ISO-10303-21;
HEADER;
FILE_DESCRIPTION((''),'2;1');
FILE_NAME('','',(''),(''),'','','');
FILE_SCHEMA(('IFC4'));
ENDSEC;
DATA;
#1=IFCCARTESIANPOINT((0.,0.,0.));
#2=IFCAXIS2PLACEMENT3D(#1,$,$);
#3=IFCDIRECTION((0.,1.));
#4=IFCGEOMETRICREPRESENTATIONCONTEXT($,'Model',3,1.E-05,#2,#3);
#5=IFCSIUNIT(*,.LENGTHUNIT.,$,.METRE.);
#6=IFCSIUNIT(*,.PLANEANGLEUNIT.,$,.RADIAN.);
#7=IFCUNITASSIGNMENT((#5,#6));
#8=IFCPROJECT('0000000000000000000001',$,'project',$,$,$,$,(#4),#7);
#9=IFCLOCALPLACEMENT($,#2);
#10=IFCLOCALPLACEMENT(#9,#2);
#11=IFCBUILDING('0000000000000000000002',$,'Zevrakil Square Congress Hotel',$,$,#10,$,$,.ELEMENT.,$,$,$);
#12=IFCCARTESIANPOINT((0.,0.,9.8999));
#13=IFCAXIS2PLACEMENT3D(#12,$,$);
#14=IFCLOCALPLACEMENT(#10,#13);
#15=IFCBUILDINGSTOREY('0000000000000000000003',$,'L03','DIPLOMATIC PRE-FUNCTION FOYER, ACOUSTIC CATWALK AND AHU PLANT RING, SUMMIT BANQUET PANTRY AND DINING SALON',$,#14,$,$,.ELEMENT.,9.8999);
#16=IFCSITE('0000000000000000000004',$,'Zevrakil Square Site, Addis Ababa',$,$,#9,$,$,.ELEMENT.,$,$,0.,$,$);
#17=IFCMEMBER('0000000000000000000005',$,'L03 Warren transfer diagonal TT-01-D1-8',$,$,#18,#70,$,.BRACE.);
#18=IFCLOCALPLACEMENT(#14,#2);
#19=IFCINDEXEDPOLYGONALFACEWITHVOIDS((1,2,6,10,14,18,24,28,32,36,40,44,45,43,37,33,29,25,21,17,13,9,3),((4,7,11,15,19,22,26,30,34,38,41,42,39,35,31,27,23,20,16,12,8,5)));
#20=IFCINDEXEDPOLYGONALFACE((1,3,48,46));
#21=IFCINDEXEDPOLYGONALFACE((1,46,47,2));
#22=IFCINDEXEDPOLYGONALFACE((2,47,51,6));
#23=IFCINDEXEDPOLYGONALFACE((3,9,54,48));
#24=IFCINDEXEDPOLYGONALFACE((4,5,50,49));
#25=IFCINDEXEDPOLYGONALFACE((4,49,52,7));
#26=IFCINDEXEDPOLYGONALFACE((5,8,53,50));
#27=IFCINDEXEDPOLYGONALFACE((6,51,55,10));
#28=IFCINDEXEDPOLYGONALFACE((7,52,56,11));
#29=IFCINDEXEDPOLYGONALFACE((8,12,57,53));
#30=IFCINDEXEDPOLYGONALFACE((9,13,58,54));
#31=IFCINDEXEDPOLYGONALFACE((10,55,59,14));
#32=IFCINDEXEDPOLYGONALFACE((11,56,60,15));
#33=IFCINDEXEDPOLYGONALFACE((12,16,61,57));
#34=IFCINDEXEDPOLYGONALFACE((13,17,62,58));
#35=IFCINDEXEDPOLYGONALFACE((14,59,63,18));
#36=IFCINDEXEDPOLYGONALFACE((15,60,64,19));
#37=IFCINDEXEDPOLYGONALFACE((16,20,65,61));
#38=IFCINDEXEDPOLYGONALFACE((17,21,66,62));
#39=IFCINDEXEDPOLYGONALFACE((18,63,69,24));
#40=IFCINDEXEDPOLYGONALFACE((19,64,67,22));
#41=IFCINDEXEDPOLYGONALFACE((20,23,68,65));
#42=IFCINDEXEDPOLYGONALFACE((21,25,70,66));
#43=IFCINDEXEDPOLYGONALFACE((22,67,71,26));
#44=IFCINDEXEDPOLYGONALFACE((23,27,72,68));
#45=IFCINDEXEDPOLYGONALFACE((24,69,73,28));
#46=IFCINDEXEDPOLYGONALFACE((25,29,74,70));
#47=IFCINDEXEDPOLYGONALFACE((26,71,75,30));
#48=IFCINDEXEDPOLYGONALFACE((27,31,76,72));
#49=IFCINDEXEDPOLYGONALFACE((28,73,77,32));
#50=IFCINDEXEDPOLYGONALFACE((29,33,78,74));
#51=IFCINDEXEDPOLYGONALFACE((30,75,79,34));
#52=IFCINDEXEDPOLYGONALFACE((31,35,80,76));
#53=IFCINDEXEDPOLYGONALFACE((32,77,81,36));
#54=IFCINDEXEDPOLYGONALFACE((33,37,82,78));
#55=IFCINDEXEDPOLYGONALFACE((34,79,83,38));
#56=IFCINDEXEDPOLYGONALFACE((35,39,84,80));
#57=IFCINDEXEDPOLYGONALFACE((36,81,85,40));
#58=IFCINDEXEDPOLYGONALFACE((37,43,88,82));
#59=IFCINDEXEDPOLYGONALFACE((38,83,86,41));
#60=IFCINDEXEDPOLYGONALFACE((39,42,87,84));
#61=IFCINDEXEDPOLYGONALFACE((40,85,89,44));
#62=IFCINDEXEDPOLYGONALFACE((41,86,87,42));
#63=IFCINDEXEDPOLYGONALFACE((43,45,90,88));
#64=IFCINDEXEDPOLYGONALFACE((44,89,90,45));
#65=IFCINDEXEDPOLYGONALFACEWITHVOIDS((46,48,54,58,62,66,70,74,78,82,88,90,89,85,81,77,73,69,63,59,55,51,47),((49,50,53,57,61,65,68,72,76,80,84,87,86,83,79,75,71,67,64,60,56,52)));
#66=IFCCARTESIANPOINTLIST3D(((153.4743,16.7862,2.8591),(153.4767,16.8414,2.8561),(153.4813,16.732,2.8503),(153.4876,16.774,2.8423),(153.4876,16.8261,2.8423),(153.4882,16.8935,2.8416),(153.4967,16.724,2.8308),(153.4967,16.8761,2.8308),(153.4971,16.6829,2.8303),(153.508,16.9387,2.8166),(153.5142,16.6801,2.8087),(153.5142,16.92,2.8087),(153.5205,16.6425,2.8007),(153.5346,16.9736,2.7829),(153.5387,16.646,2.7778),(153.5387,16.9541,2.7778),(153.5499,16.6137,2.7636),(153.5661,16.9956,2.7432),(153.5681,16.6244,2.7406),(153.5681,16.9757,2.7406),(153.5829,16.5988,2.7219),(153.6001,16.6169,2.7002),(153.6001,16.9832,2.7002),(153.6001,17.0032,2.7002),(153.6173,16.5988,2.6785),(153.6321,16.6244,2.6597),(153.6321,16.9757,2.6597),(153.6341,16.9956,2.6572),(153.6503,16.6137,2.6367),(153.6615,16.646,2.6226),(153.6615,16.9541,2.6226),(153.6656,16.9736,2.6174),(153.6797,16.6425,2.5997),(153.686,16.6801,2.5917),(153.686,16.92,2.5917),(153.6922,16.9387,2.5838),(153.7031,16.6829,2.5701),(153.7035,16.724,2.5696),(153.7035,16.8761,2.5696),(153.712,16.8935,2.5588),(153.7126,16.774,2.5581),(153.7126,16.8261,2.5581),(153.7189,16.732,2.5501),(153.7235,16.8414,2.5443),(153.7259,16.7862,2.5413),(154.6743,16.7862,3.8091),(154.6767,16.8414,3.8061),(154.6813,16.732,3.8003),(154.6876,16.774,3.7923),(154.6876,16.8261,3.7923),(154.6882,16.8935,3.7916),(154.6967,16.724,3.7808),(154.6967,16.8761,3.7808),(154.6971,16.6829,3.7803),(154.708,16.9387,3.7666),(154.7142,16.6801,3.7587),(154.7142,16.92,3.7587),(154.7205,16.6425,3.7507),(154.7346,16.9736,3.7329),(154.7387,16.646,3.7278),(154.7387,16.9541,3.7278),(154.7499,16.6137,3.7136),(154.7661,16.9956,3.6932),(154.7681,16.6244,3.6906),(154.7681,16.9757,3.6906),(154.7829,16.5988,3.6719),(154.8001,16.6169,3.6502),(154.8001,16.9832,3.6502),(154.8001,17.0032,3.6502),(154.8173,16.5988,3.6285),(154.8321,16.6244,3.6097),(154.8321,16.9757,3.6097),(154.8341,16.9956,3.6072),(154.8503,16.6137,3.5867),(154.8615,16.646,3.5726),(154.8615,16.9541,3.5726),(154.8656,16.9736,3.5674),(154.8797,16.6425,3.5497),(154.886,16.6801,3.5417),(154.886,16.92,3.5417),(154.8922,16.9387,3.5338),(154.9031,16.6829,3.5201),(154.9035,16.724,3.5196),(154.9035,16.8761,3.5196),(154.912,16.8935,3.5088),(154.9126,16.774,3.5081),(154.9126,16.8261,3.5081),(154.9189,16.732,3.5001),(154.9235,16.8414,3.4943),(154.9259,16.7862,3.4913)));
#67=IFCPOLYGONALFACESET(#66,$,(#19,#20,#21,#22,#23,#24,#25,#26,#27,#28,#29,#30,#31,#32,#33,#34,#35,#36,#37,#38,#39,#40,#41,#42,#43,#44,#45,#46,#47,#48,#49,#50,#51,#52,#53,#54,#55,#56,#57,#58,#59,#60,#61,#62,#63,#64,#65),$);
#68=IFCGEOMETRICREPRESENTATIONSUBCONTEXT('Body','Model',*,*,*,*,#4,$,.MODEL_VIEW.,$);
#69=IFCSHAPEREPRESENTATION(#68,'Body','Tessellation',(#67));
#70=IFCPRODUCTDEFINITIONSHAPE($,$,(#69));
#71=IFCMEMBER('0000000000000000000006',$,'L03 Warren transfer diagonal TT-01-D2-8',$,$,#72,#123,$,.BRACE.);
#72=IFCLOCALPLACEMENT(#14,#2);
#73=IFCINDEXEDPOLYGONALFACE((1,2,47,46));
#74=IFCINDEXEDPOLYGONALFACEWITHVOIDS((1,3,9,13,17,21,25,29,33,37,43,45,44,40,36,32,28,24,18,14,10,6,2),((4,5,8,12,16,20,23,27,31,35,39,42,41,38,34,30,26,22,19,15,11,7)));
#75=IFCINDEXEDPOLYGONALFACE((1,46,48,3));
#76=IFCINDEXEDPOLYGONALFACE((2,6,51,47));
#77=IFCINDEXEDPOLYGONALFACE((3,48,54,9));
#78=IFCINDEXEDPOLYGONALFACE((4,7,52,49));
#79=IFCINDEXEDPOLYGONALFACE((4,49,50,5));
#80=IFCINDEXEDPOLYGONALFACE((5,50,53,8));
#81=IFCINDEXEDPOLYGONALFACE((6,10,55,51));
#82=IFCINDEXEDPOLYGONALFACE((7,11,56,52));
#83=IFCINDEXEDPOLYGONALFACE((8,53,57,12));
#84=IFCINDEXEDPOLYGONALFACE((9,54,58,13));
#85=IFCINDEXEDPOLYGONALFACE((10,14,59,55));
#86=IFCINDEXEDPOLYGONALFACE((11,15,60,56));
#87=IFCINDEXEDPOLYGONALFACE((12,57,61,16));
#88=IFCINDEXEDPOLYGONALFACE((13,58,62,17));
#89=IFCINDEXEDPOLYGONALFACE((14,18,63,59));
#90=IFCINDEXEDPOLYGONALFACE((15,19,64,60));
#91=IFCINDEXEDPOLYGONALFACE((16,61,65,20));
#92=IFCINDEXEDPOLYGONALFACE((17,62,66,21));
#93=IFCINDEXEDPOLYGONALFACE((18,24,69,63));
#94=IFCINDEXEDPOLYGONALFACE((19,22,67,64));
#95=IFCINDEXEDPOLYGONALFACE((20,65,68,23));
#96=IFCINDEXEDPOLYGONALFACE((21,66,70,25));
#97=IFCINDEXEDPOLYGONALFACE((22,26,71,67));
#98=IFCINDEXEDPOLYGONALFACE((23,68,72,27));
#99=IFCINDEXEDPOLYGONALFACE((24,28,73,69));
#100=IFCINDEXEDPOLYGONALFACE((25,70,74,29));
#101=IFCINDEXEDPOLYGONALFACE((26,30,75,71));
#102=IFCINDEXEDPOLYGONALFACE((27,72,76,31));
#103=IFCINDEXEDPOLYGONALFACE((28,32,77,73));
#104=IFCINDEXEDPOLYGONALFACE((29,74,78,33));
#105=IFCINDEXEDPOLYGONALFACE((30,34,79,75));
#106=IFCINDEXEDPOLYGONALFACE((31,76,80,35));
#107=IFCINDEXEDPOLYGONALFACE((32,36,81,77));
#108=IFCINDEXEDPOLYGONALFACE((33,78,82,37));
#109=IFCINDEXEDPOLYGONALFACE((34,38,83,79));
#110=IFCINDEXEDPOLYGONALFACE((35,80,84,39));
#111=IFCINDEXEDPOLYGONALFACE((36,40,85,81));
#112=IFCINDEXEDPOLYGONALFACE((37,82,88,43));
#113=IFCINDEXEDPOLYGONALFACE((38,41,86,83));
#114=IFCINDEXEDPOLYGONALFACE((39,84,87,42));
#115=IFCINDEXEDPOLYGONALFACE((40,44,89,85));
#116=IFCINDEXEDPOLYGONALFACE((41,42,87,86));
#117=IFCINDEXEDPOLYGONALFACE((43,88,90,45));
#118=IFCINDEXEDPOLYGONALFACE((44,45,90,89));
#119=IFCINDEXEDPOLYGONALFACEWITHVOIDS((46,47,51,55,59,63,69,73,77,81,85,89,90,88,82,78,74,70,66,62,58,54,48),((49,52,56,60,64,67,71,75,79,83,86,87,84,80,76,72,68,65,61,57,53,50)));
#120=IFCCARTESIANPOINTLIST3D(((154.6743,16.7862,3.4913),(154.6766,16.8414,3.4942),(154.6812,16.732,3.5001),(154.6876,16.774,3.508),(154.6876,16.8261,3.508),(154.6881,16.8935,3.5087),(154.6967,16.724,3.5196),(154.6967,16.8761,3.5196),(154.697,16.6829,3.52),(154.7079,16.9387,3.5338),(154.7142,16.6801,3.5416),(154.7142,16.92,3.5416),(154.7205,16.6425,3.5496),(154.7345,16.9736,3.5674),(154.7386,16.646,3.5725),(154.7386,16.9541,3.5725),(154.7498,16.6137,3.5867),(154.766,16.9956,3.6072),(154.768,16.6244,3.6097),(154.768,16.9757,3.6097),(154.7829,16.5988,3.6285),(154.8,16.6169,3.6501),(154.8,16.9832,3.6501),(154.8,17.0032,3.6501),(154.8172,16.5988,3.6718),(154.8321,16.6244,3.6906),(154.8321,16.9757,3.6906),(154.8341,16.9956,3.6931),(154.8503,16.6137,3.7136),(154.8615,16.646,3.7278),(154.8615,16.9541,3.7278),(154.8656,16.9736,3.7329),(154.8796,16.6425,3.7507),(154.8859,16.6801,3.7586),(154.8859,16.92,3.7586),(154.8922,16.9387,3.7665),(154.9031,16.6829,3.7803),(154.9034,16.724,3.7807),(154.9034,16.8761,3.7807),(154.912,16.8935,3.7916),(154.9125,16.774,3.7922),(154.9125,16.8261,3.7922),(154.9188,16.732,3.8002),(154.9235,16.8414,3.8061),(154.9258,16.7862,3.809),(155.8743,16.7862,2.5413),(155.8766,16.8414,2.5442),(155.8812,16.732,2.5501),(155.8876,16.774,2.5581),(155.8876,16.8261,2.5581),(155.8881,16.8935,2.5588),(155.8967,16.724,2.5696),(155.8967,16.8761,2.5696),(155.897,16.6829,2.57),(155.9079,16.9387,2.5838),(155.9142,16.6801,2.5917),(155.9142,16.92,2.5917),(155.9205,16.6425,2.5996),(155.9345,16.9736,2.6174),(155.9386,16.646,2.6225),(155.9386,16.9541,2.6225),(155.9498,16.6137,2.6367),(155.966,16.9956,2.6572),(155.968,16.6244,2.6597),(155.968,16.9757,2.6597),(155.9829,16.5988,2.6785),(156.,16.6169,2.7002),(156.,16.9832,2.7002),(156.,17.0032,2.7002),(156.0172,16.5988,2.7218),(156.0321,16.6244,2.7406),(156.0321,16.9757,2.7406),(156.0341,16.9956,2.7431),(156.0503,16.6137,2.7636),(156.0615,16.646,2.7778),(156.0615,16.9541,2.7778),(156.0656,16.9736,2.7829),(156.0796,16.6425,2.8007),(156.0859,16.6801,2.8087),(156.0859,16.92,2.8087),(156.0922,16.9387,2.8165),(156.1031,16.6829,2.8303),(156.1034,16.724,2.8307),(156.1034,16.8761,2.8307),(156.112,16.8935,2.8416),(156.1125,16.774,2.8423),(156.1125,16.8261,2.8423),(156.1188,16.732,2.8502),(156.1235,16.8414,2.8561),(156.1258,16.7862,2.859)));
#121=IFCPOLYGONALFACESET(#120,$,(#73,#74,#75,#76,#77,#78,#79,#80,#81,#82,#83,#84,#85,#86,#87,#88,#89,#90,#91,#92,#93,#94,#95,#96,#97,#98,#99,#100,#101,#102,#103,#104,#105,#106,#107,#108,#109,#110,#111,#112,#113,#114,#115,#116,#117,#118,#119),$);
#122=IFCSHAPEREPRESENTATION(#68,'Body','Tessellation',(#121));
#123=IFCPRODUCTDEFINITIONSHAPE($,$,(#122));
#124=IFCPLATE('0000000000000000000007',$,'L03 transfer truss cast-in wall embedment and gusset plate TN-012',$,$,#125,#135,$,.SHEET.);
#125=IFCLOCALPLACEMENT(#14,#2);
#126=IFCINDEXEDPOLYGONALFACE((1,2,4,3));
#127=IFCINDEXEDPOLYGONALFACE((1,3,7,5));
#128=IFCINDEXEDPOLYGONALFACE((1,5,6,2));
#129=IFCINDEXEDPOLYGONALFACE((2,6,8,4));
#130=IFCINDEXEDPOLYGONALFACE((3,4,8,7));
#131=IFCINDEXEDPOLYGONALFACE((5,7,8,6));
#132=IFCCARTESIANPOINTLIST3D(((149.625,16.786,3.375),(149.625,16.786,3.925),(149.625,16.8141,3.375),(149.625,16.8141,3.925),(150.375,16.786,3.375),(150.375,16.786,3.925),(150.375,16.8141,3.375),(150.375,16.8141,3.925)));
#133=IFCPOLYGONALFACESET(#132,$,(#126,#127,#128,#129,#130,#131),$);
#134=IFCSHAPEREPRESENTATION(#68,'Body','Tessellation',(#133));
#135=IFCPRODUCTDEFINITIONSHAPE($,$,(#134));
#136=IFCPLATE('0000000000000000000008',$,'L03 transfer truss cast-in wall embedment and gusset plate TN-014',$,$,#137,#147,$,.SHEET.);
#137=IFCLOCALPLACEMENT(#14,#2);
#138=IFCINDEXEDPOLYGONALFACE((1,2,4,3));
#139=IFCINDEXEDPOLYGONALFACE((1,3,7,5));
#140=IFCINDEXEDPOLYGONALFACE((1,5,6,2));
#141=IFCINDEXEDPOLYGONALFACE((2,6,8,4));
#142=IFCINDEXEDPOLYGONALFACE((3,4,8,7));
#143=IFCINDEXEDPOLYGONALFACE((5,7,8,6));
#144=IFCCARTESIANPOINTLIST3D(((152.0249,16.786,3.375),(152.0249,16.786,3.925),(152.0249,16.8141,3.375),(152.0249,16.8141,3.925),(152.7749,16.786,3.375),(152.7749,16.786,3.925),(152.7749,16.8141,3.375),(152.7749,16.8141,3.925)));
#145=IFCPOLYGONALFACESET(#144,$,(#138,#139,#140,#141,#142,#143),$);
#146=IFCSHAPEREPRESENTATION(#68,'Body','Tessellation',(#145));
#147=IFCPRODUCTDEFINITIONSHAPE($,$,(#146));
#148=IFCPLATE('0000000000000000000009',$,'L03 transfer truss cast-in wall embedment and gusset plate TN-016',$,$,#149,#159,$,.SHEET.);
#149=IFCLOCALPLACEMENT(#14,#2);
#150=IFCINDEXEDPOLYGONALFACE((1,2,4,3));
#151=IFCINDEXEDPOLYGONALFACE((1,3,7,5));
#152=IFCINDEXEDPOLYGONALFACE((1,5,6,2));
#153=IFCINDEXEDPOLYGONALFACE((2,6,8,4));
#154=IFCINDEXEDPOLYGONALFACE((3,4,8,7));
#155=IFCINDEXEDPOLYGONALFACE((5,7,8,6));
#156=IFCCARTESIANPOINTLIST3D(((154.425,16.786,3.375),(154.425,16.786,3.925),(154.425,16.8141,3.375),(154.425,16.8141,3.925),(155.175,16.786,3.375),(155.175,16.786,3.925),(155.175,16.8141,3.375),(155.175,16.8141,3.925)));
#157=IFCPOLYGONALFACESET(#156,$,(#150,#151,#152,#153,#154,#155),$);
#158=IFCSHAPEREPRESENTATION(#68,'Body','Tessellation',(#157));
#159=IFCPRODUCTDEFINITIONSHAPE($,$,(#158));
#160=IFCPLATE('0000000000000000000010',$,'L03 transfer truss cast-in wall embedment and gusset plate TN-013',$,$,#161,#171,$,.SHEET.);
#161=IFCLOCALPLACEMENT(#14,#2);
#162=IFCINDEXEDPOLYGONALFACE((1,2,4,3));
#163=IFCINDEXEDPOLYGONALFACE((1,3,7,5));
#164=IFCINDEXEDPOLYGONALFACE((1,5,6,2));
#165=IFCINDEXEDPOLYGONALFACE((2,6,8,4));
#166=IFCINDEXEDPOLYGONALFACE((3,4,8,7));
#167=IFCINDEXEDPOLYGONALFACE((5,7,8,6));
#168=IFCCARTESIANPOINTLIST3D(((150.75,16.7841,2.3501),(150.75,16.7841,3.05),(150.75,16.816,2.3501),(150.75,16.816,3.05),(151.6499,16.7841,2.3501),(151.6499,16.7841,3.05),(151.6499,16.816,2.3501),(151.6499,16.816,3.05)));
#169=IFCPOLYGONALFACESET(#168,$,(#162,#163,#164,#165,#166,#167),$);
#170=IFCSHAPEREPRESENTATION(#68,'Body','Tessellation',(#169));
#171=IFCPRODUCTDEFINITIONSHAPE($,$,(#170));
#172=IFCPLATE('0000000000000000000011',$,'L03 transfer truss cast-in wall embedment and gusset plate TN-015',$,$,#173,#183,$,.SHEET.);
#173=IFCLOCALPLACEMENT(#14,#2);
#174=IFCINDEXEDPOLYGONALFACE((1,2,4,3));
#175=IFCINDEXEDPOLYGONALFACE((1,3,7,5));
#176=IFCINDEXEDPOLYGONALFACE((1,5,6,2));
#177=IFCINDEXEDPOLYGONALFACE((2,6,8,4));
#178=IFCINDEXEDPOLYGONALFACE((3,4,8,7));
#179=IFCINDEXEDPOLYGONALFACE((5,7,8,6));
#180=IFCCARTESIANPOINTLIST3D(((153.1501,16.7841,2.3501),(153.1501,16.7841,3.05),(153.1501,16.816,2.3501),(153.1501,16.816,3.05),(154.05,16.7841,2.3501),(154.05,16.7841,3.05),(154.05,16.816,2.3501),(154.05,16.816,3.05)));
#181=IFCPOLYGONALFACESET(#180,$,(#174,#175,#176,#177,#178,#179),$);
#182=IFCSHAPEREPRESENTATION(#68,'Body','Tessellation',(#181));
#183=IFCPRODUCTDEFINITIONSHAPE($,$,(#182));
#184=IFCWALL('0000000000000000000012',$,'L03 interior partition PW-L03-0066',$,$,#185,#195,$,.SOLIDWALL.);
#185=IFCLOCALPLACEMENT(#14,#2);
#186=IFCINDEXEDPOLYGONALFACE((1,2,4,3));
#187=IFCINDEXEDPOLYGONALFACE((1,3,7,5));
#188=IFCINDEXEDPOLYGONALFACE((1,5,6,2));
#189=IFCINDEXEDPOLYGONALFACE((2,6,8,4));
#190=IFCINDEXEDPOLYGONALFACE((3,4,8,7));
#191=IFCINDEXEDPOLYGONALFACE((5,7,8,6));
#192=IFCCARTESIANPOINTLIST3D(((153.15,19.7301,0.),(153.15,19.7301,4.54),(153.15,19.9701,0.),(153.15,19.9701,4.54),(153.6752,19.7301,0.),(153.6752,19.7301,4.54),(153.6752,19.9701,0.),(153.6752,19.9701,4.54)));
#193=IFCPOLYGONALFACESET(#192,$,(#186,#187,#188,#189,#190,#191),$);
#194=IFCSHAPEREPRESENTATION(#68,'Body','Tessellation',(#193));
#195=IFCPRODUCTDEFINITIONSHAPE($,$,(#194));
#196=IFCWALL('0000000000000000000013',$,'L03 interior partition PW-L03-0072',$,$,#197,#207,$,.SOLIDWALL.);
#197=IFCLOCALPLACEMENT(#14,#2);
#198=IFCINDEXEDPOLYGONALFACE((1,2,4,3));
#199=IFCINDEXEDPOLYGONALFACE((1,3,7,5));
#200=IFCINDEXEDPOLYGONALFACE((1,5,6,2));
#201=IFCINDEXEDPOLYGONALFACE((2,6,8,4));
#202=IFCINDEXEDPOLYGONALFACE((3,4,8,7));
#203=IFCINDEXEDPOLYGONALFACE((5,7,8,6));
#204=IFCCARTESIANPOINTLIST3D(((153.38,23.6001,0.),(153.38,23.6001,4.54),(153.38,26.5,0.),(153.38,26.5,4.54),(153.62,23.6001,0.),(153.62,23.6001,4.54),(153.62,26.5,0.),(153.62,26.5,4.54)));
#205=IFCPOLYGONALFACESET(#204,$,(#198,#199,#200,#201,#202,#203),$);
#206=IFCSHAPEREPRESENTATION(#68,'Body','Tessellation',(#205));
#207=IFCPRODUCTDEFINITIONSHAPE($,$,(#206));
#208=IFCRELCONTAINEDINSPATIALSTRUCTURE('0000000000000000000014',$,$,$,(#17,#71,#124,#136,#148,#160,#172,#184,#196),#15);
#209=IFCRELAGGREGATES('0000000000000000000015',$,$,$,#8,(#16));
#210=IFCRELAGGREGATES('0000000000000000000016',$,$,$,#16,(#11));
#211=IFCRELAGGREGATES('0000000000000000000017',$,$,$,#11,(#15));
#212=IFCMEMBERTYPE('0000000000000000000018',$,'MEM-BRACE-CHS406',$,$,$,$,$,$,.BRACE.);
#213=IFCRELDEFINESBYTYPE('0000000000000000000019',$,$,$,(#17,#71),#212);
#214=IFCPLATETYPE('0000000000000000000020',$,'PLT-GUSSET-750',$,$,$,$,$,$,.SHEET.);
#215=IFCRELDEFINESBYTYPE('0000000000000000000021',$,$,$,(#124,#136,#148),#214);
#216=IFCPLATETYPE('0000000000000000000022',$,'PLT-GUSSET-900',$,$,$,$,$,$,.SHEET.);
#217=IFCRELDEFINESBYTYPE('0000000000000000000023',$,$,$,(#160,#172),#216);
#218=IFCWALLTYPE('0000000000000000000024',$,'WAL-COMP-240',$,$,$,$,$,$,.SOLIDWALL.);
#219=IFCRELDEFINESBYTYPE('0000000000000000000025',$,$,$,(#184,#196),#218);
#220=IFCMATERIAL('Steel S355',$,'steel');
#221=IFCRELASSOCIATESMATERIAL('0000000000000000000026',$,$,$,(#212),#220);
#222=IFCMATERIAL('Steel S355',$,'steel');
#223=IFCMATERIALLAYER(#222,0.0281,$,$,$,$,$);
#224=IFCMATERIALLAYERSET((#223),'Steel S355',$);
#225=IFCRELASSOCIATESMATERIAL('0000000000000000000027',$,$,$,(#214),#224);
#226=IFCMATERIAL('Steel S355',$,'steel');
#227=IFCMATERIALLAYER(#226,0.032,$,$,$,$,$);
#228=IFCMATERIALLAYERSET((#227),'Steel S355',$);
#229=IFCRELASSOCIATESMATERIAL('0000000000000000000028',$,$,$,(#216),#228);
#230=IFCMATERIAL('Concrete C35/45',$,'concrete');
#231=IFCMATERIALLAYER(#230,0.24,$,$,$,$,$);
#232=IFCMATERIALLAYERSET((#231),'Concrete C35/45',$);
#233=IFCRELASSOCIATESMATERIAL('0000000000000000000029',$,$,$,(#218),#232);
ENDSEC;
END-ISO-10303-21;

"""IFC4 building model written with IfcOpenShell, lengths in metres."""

from ifc_helpers import new_model, si_unit, direction, frame, frame_2d, origin, origin_2d, place, context, subcontext, project, spatial, rectangle, hollow_circle, extrude, material, layer, layer_set, material_profile, profile_set, type_object, element, save


model = new_model("IFC4")

# Units and contexts
model_context = context("Model", 3, precision=1e-05, world=origin(), true_north=direction((0.0, 1.0)))
body_context = subcontext(model_context, "Body", "Model", "MODEL_VIEW")
ifc_project = project(units=[si_unit("LENGTHUNIT", "METRE"), si_unit("PLANEANGLEUNIT", "RADIAN")], contexts=[model_context])

# Site, building, storey
site_placement = place(None, origin())
site = spatial("IfcSite", under=ifc_project, at=site_placement, Name="Zevrakil Square Site, Addis Ababa", CompositionType="ELEMENT", RefElevation=0.0)
building_placement = place(site_placement, origin())
building = spatial("IfcBuilding", under=site, at=building_placement, Name="Zevrakil Square Congress Hotel", CompositionType="ELEMENT")
storey_placement = place(building_placement, frame((0.0, 0.0, 9.8999)))
storey = spatial("IfcBuildingStorey", under=building, at=storey_placement, Name="L03", Description="DIPLOMATIC PRE-FUNCTION FOYER, ACOUSTIC CATWALK AND AHU PLANT RING, SUMMIT BANQUET PANTRY AND DINING SALON", CompositionType="ELEMENT", Elevation=9.8999)

# Members
ifc_material_1 = material(Name="Steel S355", Category="steel")
ifc_material_profile = material_profile(ifc_material_1, hollow_circle(Radius=0.2031, WallThickness=0.02, at=origin_2d()), Name="CHS 406.4x20")
ifc_profile_set = profile_set([ifc_material_profile], Name="Steel S355")
member_type = type_object("IfcMemberType", Name="MEM-BRACE-CHS406", PredefinedType="BRACE", material=ifc_profile_set)
for number, where, z_axis, x_axis, name in (
    (1, (153.6001, 16.8, 2.7002), (0.784049, 0.0, 0.620699), (0.0, 1.0, 0.0), "L03 Warren transfer diagonal TT-01-D1-8"),
    (2, (154.8, 16.8, 3.6501), (0.784049, 0.0, -0.620699), (0.0, 1.0, 0.0), "L03 Warren transfer diagonal TT-01-D2-8"),
):
    element("IfcMember", number, at=place(storey_placement, frame(where, z_axis=z_axis, x_axis=x_axis)), inside=storey, type_object=member_type, Name=name, PredefinedType="BRACE", context=body_context, shape_type="SweptSolid", body=[
        extrude(hollow_circle(Radius=0.2031, WallThickness=0.02, at=origin_2d()), origin(), (0.0, 0.0, 1.0), 1.5305),
    ])

# Plates
ifc_material_2 = material(Name="Steel S355", Category="steel")
ifc_layer_1 = layer(ifc_material_2, 0.0281)
ifc_layer_set_1 = layer_set([ifc_layer_1], Name="Steel S355")
plate_type_1 = type_object("IfcPlateType", Name="PLT-GUSSET-750", PredefinedType="SHEET", material=ifc_layer_set_1)
for number, where, z_axis, x_axis, name in (
    (3, (150.0, 16.8, 3.375), (0.0, 0.0, 1.0), (1.0, 0.0, 0.0), "L03 transfer truss cast-in wall embedment and gusset plate TN-012"),
    (4, (152.3999, 16.8, 3.375), (0.0, 0.0, 1.0), (1.0, 0.0, 0.0), "L03 transfer truss cast-in wall embedment and gusset plate TN-014"),
    (5, (154.8, 16.8, 3.375), (0.0, 0.0, 1.0), (1.0, 0.0, 0.0), "L03 transfer truss cast-in wall embedment and gusset plate TN-016"),
):
    element("IfcPlate", number, at=place(storey_placement, frame(where, z_axis=z_axis, x_axis=x_axis)), inside=storey, type_object=plate_type_1, Name=name, PredefinedType="SHEET", context=body_context, shape_type="SweptSolid", body=[
        extrude(rectangle(XDim=0.75, YDim=0.0281, at=origin_2d()), origin(), (0.0, 0.0, 1.0), 0.55),
    ])
ifc_material_3 = material(Name="Steel S355", Category="steel")
ifc_layer_2 = layer(ifc_material_3, 0.032)
ifc_layer_set_2 = layer_set([ifc_layer_2], Name="Steel S355")
plate_type_2 = type_object("IfcPlateType", Name="PLT-GUSSET-900", PredefinedType="SHEET", material=ifc_layer_set_2)
for number, where, z_axis, x_axis, name in (
    (6, (151.2, 16.8, 2.3501), (0.0, 0.0, 1.0), (1.0, 0.0, 0.0), "L03 transfer truss cast-in wall embedment and gusset plate TN-013"),
    (7, (153.6001, 16.8, 2.3501), (0.0, 0.0, 1.0), (1.0, 0.0, 0.0), "L03 transfer truss cast-in wall embedment and gusset plate TN-015"),
):
    element("IfcPlate", number, at=place(storey_placement, frame(where, z_axis=z_axis, x_axis=x_axis)), inside=storey, type_object=plate_type_2, Name=name, PredefinedType="SHEET", context=body_context, shape_type="SweptSolid", body=[
        extrude(rectangle(XDim=0.8999, YDim=0.032, at=origin_2d()), origin(), (0.0, 0.0, 1.0), 0.7),
    ])

# Walls
ifc_material_4 = material(Name="Concrete C35/45", Category="concrete")
ifc_layer_3 = layer(ifc_material_4, 0.24)
ifc_layer_set_3 = layer_set([ifc_layer_3], Name="Concrete C35/45")
wall_type_1 = type_object("IfcWallType", Name="WAL-COMP-240", PredefinedType="SOLIDWALL", material=ifc_layer_set_3)
wall_1_placement = place(storey_placement, frame((153.1499, 19.8501, 0.0), z_axis=(0.0, 0.0, 1.0), x_axis=(1.0, 0.0, 0.0)))
element("IfcWall", 8, at=wall_1_placement, inside=storey, type_object=wall_type_1, Name="L03 interior partition PW-L03-0066", PredefinedType="SOLIDWALL", context=body_context, shape_type="SweptSolid", body=[
    extrude(rectangle(XDim=0.5251, YDim=0.24, at=frame_2d((0.2627, 0.0))), origin(), (0.0, 0.0, 1.0), 4.54),
])
wall_2_placement = place(storey_placement, frame((153.5, 23.6001, 0.0), z_axis=(0.0, 0.0, 1.0), x_axis=(0.0, 1.0, 0.0)))
element("IfcWall", 9, at=wall_2_placement, inside=storey, type_object=wall_type_1, Name="L03 interior partition PW-L03-0072", PredefinedType="SOLIDWALL", context=body_context, shape_type="SweptSolid", body=[
    extrude(rectangle(XDim=2.8999, YDim=0.24, at=frame_2d((1.45, 0.0))), origin(), (0.0, 0.0, 1.0), 4.54),
])

save(model, "model.ifc")
